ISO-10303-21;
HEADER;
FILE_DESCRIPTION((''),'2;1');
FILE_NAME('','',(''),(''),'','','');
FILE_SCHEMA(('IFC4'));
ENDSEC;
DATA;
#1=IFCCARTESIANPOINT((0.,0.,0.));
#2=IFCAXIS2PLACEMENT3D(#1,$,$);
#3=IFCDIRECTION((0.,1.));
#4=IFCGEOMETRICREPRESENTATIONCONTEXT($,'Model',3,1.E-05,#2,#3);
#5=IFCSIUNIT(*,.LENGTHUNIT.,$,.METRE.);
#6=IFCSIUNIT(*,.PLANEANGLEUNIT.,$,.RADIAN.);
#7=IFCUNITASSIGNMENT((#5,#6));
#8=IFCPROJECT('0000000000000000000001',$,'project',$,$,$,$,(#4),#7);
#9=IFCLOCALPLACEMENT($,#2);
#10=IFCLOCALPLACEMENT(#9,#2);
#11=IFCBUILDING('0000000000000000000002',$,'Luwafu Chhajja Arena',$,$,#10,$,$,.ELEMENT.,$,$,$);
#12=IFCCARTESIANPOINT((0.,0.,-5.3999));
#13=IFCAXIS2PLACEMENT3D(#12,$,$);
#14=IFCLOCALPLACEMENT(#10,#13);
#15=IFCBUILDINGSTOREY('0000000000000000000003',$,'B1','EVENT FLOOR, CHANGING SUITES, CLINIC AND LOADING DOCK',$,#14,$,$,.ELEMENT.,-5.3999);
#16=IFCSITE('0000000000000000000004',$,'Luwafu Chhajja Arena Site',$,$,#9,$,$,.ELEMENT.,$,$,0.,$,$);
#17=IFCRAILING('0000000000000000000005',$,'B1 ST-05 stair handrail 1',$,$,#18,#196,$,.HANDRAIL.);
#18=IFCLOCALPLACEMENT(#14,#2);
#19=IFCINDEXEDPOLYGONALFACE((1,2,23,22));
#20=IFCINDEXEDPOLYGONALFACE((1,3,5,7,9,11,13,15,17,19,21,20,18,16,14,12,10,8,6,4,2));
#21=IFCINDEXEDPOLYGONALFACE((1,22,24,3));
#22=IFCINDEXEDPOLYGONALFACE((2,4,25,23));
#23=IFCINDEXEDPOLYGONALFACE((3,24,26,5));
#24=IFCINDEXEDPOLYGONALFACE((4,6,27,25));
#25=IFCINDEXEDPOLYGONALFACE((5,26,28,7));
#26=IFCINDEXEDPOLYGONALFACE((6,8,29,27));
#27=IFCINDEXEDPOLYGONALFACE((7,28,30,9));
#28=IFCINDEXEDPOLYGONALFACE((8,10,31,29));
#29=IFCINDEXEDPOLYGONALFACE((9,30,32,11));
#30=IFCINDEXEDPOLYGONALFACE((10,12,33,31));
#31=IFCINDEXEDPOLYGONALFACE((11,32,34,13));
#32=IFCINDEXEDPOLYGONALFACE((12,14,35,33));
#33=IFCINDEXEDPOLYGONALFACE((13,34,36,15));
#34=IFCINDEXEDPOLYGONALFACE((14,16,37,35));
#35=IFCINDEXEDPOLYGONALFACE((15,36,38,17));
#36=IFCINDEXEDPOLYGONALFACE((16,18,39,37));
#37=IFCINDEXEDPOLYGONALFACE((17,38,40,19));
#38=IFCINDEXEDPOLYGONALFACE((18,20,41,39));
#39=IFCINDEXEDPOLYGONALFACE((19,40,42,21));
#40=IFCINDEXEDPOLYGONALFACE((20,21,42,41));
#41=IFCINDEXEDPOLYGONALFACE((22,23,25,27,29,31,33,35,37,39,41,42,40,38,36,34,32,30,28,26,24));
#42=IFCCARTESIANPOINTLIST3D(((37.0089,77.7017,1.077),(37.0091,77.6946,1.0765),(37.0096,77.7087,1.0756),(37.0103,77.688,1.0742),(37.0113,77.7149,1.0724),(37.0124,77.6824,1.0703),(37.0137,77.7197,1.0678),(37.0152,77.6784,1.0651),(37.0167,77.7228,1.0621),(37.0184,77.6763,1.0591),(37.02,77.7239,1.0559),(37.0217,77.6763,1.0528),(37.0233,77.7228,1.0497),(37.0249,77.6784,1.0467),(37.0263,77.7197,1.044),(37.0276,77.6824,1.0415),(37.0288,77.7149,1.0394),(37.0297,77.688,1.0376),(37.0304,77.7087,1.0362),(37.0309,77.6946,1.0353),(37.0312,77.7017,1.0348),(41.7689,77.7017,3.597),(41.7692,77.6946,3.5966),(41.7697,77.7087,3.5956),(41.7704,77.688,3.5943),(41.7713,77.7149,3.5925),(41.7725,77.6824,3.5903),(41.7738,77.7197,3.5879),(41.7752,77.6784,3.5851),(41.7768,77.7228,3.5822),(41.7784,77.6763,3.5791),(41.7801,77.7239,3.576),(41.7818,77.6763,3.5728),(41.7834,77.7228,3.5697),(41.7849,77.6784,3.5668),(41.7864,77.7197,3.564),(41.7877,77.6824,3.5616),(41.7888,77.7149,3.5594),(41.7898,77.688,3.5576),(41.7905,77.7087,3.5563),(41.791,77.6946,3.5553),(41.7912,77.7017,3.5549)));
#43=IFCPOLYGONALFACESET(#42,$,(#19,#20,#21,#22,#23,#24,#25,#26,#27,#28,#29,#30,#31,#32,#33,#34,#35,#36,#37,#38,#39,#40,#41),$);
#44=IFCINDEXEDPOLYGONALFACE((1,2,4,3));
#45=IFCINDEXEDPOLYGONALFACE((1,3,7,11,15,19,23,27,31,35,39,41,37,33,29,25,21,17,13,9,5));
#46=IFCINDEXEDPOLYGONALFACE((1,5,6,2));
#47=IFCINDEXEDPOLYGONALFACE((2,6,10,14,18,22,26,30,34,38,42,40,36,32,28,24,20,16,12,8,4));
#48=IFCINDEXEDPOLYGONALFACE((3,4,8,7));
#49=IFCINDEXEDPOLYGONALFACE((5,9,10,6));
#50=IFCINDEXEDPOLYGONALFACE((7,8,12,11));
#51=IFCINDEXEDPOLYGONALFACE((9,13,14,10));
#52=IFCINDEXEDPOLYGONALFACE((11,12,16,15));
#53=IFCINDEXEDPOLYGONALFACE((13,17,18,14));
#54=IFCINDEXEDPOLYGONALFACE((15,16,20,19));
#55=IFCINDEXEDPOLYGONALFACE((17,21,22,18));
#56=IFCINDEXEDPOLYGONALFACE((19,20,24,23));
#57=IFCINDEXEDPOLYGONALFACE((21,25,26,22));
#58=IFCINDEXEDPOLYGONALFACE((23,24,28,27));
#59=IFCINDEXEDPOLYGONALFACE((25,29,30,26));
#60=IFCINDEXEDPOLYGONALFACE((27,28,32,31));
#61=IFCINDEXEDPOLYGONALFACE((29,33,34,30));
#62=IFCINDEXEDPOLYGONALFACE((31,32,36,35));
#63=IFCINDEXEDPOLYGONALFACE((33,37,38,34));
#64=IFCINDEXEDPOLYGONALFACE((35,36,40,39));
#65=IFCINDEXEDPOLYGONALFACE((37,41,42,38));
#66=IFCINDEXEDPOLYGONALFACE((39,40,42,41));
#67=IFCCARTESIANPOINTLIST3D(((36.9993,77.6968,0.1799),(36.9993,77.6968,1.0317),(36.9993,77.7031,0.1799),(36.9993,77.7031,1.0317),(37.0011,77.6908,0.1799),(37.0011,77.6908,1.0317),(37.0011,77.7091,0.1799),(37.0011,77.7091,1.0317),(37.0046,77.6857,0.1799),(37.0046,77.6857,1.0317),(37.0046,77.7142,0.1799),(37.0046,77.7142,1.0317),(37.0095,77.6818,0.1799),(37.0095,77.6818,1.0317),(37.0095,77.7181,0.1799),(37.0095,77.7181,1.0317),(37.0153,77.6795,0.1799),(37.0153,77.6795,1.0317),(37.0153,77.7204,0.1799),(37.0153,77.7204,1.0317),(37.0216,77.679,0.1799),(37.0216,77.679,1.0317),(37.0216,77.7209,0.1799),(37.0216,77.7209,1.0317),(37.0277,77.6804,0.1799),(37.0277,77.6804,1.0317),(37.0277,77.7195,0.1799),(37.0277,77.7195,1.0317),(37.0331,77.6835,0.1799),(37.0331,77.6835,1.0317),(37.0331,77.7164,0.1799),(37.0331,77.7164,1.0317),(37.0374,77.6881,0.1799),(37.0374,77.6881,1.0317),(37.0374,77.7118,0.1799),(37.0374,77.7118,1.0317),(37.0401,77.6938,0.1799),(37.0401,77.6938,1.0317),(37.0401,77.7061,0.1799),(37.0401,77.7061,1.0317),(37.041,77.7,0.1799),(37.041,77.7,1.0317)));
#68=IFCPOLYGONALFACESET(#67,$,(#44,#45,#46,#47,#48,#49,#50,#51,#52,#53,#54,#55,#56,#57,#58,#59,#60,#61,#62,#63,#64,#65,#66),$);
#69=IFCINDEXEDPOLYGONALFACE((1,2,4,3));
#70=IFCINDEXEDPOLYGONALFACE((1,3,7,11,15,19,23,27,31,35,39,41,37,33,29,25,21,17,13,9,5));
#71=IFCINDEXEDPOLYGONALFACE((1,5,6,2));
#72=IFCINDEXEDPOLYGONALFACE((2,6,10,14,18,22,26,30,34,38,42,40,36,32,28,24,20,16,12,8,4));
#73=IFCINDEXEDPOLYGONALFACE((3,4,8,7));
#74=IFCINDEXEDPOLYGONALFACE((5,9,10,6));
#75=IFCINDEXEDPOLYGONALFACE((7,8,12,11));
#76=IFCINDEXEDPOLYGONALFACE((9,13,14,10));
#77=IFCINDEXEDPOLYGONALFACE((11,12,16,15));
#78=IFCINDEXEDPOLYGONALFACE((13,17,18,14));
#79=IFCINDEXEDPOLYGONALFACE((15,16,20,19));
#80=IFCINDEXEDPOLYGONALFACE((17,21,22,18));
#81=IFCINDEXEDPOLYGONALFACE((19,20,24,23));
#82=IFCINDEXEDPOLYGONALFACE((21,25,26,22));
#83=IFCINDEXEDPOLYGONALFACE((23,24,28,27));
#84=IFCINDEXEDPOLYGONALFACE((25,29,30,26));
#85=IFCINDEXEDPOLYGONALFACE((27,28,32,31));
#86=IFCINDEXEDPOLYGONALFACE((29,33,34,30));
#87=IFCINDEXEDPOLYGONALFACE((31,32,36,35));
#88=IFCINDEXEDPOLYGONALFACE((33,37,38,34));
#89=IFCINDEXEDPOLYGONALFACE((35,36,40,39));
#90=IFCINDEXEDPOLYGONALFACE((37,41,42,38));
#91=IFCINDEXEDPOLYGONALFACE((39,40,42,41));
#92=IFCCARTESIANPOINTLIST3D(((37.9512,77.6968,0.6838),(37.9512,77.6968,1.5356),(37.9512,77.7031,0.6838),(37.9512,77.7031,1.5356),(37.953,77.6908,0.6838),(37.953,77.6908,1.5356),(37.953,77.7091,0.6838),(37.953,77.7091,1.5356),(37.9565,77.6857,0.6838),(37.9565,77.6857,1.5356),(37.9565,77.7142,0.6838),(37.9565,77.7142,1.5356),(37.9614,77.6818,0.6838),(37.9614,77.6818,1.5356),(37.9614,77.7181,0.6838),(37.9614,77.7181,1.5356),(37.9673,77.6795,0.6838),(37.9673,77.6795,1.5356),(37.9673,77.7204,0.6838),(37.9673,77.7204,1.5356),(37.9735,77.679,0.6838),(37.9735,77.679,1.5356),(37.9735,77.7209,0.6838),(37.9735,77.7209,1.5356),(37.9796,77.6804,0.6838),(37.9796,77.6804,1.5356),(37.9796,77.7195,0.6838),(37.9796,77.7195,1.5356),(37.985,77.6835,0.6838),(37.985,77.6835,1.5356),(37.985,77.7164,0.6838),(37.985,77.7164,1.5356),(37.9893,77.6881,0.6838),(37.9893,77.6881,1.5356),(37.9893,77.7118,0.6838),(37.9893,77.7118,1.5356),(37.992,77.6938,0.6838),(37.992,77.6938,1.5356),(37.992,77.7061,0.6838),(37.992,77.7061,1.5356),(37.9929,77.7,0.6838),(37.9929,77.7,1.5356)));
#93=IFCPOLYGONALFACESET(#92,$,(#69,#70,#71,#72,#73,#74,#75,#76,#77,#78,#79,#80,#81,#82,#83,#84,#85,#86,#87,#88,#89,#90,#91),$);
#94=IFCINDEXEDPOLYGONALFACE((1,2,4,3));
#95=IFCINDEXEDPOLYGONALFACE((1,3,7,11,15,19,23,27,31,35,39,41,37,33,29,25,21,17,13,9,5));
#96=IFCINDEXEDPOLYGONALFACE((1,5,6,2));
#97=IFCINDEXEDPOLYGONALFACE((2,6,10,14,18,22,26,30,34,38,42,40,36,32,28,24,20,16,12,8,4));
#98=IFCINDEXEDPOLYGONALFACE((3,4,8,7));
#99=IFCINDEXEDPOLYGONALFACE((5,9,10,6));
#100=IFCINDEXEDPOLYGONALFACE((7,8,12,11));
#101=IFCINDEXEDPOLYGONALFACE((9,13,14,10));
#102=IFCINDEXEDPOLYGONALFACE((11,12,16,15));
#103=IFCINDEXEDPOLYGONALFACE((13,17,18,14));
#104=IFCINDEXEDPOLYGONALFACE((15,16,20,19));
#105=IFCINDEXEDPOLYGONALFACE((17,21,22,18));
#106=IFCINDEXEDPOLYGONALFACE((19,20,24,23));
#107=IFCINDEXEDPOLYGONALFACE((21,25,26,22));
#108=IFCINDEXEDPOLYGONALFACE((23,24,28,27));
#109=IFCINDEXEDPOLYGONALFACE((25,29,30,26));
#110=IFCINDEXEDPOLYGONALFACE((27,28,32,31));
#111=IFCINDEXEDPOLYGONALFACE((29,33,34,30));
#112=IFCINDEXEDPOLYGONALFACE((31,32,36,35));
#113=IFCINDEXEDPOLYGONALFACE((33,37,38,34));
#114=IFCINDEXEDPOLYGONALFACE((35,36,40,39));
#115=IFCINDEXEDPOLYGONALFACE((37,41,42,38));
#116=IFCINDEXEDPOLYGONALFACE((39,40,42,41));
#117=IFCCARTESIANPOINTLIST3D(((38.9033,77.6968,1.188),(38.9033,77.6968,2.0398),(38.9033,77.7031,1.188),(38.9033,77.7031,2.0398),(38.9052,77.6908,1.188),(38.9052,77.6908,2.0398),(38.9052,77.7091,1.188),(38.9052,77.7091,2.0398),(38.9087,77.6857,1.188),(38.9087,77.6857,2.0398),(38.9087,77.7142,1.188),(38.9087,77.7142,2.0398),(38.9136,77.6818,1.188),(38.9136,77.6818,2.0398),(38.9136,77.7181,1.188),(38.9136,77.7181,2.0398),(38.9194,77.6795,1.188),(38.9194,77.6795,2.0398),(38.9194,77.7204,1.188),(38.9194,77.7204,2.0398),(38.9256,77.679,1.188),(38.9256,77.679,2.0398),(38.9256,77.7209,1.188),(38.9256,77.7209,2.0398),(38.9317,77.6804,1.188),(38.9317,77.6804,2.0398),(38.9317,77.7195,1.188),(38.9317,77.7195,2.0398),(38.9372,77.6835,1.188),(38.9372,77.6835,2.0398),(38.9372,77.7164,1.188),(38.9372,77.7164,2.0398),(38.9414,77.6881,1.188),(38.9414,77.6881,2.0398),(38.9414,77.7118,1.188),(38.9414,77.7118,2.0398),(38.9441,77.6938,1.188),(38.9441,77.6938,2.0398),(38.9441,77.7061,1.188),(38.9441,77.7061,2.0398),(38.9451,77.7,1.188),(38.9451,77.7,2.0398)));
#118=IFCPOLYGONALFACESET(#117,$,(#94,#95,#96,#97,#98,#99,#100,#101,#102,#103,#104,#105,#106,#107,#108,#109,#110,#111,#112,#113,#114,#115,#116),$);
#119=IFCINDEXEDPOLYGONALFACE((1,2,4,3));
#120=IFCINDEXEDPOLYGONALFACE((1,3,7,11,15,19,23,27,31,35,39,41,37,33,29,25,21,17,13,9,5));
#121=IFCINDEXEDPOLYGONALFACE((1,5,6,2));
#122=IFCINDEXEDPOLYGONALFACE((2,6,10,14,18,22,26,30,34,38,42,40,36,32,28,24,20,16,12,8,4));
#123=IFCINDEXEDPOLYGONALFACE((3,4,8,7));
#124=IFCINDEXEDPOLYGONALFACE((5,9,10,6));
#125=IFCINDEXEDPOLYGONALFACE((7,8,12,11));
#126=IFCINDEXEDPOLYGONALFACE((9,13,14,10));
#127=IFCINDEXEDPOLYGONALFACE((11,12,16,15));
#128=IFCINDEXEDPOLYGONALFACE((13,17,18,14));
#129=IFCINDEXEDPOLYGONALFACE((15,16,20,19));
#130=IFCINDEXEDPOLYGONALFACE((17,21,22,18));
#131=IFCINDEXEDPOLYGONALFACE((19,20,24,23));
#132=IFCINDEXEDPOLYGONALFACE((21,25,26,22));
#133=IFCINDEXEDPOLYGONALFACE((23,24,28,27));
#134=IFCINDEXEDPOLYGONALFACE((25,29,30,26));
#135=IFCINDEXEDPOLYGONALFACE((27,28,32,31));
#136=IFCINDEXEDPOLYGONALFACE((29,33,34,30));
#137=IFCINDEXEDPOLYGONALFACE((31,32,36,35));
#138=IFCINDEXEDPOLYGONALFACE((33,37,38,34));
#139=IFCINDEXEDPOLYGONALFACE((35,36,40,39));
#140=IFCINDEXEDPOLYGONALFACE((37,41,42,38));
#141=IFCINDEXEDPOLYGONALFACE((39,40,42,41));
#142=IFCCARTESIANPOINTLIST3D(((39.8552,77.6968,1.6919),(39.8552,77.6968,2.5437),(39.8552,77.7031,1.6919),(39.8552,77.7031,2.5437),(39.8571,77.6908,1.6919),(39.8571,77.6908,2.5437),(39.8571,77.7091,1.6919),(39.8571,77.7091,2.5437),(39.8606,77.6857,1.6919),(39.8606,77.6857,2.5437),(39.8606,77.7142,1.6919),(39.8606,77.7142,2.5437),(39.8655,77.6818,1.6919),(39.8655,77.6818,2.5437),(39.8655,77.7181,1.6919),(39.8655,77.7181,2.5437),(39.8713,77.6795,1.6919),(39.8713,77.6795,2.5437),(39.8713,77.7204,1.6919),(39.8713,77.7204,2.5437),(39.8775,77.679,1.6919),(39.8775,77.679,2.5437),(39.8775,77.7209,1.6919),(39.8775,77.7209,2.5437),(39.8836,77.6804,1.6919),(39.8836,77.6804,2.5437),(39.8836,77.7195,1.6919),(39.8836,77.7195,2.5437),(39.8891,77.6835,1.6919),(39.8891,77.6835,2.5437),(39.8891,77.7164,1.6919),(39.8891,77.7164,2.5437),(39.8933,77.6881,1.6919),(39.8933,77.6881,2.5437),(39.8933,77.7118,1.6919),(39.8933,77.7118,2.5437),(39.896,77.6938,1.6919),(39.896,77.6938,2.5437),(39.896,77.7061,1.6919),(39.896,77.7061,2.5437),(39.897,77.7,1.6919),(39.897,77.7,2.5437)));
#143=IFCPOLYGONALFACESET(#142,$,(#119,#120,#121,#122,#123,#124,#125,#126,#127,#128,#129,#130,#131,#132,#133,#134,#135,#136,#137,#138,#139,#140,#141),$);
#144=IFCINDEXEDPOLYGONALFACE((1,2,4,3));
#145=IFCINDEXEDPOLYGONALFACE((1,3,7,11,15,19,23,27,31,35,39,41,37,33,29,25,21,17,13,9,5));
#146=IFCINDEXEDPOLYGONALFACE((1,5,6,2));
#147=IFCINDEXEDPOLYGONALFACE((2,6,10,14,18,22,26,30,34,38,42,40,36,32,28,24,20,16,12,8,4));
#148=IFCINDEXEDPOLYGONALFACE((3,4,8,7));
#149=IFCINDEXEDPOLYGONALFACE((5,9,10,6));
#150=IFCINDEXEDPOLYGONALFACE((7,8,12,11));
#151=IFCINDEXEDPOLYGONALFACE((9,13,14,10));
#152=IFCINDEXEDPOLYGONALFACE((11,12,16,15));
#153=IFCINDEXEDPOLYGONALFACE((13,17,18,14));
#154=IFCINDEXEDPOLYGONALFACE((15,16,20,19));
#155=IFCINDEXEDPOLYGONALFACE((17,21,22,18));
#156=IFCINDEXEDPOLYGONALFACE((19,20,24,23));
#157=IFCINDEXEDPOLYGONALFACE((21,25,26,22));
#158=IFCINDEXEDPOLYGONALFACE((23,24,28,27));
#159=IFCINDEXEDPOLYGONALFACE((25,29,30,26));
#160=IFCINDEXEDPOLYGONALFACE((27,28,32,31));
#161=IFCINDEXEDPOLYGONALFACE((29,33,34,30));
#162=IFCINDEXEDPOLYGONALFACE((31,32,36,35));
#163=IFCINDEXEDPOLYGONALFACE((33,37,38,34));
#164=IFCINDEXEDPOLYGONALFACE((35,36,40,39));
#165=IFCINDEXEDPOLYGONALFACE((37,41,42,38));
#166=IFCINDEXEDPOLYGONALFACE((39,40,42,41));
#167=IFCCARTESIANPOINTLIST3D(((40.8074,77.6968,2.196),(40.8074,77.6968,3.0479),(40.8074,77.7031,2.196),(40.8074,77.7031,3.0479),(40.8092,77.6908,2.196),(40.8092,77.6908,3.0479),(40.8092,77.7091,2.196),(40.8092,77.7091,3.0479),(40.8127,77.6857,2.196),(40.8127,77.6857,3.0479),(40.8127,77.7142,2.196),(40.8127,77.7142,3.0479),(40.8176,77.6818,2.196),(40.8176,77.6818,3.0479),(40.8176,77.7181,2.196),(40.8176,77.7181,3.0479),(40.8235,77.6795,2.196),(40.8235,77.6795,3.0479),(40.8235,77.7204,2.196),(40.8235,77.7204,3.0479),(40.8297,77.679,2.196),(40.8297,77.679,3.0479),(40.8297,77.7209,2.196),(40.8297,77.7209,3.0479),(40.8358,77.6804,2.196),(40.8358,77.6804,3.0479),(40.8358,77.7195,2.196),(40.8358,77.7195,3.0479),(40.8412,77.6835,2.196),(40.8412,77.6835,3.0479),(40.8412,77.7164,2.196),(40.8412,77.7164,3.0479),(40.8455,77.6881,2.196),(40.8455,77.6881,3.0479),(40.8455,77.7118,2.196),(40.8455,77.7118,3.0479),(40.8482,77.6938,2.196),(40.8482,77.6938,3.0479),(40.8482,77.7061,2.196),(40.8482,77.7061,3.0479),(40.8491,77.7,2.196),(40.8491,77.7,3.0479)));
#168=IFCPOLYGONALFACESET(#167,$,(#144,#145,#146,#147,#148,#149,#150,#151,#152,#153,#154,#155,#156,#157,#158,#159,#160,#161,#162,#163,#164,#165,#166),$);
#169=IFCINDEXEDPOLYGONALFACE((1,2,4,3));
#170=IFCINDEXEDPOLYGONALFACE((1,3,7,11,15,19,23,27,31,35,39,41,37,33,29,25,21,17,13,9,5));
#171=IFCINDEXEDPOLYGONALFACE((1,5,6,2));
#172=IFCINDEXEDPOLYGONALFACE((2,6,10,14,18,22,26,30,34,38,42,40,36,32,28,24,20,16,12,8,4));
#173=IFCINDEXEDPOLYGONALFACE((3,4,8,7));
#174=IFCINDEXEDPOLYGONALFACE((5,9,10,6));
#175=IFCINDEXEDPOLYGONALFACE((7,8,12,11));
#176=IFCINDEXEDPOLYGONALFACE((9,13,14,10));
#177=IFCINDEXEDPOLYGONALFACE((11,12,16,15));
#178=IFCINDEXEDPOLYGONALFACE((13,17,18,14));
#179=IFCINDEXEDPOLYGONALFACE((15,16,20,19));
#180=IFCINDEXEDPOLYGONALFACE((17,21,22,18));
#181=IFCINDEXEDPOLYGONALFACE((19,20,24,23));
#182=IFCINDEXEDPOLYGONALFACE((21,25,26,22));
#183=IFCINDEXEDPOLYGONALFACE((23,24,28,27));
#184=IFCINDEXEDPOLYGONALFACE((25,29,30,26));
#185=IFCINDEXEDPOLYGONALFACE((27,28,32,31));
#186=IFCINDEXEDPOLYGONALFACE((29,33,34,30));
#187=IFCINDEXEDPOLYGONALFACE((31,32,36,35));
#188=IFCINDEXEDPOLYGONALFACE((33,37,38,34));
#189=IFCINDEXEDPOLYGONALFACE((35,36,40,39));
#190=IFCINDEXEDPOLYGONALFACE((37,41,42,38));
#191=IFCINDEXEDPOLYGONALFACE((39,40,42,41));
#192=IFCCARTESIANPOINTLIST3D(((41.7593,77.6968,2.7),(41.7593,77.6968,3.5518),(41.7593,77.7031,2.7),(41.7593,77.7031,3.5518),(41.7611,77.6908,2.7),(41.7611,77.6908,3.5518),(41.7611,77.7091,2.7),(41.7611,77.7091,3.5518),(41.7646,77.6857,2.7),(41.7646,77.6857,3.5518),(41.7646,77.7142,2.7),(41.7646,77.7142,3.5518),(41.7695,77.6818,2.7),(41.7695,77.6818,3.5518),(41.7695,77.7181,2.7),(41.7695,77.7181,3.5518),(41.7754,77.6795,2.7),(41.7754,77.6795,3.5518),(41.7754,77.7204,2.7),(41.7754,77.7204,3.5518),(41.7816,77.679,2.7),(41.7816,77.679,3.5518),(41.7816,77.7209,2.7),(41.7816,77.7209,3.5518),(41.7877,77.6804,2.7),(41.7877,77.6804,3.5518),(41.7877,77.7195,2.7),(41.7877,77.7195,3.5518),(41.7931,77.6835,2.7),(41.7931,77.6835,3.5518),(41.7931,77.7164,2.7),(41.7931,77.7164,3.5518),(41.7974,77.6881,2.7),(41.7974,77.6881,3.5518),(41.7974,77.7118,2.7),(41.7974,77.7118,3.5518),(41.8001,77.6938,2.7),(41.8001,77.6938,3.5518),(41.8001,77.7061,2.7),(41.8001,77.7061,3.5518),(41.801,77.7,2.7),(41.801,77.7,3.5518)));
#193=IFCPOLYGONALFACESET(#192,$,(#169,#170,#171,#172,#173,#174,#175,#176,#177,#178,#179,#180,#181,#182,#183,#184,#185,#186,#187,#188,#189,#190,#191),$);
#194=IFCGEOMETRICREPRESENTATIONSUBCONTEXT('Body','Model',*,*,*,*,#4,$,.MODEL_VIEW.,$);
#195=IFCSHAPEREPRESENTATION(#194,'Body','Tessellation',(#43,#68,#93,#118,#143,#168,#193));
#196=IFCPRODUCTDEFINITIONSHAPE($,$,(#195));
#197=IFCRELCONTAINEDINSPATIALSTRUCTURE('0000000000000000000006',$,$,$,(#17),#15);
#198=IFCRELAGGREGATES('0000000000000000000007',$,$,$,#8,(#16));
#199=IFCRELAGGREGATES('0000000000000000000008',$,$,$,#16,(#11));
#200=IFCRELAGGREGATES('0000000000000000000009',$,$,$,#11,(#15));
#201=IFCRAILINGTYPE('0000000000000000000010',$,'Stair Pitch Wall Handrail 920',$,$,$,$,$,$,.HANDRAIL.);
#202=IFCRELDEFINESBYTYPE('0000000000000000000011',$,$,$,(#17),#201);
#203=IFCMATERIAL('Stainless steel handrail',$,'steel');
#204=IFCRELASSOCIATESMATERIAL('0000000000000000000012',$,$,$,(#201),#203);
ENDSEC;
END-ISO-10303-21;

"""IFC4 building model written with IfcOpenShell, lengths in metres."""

from ifc_helpers import new_model, si_unit, direction, frame, origin, origin_2d, place, context, subcontext, project, spatial, circle, extrude, material, type_object, element, save


model = new_model("IFC4")

# Units and contexts
model_context = context("Model", 3, precision=1e-05, world=origin(), true_north=direction((0.0, 1.0)))
body_context = subcontext(model_context, "Body", "Model", "MODEL_VIEW")
ifc_project = project(units=[si_unit("LENGTHUNIT", "METRE"), si_unit("PLANEANGLEUNIT", "RADIAN")], contexts=[model_context])

# Site, building, storey
site_placement = place(None, origin())
site = spatial("IfcSite", under=ifc_project, at=site_placement, Name="Luwafu Chhajja Arena Site", CompositionType="ELEMENT", RefElevation=0.0)
building_placement = place(site_placement, origin())
building = spatial("IfcBuilding", under=site, at=building_placement, Name="Luwafu Chhajja Arena", CompositionType="ELEMENT")
storey_placement = place(building_placement, frame((0.0, 0.0, -5.3999)))
storey = spatial("IfcBuildingStorey", under=building, at=storey_placement, Name="B1", Description="EVENT FLOOR, CHANGING SUITES, CLINIC AND LOADING DOCK", CompositionType="ELEMENT", Elevation=-5.3999)

# Railing
ifc_material_1 = material(Name="Stainless steel handrail", Category="steel")
railing_type_1 = type_object("IfcRailingType", Name="Stair Pitch Wall Handrail 920", PredefinedType="HANDRAIL", material=ifc_material_1)
railing_1_placement = place(storey_placement, frame((37.02, 77.7, 0.1799)))
element("IfcRailing", 1, at=railing_1_placement, inside=storey, type_object=railing_type_1, Name="B1 ST-05 stair handrail 1", PredefinedType="HANDRAIL", context=body_context, shape_type="SweptSolid", body=[
    extrude(circle(Radius=0.0239, at=origin_2d()), frame((0.0, 0.0, 0.876), z_axis=(0.883787, 0.0, 0.46789), x_axis=(0.0, 1.0, 0.0)), (0.0, 0.0, 1.0), 5.386),
    extrude(circle(Radius=0.021, at=origin_2d()), origin(), (0.0, 0.0, 1.0), 0.8518),
    extrude(circle(Radius=0.021, at=origin_2d()), frame((0.9519, 0.0, 0.5039)), (0.0, 0.0, 1.0), 0.8518),
    extrude(circle(Radius=0.021, at=origin_2d()), frame((1.9041, 0.0, 1.0081)), (0.0, 0.0, 1.0), 0.8518),
    extrude(circle(Radius=0.021, at=origin_2d()), frame((2.856, 0.0, 1.512)), (0.0, 0.0, 1.0), 0.8518),
    extrude(circle(Radius=0.021, at=origin_2d()), frame((3.8081, 0.0, 2.0161)), (0.0, 0.0, 1.0), 0.8518),
    extrude(circle(Radius=0.021, at=origin_2d()), frame((4.76, 0.0, 2.52)), (0.0, 0.0, 1.0), 0.8518),
])

save(model, "model.ifc")
